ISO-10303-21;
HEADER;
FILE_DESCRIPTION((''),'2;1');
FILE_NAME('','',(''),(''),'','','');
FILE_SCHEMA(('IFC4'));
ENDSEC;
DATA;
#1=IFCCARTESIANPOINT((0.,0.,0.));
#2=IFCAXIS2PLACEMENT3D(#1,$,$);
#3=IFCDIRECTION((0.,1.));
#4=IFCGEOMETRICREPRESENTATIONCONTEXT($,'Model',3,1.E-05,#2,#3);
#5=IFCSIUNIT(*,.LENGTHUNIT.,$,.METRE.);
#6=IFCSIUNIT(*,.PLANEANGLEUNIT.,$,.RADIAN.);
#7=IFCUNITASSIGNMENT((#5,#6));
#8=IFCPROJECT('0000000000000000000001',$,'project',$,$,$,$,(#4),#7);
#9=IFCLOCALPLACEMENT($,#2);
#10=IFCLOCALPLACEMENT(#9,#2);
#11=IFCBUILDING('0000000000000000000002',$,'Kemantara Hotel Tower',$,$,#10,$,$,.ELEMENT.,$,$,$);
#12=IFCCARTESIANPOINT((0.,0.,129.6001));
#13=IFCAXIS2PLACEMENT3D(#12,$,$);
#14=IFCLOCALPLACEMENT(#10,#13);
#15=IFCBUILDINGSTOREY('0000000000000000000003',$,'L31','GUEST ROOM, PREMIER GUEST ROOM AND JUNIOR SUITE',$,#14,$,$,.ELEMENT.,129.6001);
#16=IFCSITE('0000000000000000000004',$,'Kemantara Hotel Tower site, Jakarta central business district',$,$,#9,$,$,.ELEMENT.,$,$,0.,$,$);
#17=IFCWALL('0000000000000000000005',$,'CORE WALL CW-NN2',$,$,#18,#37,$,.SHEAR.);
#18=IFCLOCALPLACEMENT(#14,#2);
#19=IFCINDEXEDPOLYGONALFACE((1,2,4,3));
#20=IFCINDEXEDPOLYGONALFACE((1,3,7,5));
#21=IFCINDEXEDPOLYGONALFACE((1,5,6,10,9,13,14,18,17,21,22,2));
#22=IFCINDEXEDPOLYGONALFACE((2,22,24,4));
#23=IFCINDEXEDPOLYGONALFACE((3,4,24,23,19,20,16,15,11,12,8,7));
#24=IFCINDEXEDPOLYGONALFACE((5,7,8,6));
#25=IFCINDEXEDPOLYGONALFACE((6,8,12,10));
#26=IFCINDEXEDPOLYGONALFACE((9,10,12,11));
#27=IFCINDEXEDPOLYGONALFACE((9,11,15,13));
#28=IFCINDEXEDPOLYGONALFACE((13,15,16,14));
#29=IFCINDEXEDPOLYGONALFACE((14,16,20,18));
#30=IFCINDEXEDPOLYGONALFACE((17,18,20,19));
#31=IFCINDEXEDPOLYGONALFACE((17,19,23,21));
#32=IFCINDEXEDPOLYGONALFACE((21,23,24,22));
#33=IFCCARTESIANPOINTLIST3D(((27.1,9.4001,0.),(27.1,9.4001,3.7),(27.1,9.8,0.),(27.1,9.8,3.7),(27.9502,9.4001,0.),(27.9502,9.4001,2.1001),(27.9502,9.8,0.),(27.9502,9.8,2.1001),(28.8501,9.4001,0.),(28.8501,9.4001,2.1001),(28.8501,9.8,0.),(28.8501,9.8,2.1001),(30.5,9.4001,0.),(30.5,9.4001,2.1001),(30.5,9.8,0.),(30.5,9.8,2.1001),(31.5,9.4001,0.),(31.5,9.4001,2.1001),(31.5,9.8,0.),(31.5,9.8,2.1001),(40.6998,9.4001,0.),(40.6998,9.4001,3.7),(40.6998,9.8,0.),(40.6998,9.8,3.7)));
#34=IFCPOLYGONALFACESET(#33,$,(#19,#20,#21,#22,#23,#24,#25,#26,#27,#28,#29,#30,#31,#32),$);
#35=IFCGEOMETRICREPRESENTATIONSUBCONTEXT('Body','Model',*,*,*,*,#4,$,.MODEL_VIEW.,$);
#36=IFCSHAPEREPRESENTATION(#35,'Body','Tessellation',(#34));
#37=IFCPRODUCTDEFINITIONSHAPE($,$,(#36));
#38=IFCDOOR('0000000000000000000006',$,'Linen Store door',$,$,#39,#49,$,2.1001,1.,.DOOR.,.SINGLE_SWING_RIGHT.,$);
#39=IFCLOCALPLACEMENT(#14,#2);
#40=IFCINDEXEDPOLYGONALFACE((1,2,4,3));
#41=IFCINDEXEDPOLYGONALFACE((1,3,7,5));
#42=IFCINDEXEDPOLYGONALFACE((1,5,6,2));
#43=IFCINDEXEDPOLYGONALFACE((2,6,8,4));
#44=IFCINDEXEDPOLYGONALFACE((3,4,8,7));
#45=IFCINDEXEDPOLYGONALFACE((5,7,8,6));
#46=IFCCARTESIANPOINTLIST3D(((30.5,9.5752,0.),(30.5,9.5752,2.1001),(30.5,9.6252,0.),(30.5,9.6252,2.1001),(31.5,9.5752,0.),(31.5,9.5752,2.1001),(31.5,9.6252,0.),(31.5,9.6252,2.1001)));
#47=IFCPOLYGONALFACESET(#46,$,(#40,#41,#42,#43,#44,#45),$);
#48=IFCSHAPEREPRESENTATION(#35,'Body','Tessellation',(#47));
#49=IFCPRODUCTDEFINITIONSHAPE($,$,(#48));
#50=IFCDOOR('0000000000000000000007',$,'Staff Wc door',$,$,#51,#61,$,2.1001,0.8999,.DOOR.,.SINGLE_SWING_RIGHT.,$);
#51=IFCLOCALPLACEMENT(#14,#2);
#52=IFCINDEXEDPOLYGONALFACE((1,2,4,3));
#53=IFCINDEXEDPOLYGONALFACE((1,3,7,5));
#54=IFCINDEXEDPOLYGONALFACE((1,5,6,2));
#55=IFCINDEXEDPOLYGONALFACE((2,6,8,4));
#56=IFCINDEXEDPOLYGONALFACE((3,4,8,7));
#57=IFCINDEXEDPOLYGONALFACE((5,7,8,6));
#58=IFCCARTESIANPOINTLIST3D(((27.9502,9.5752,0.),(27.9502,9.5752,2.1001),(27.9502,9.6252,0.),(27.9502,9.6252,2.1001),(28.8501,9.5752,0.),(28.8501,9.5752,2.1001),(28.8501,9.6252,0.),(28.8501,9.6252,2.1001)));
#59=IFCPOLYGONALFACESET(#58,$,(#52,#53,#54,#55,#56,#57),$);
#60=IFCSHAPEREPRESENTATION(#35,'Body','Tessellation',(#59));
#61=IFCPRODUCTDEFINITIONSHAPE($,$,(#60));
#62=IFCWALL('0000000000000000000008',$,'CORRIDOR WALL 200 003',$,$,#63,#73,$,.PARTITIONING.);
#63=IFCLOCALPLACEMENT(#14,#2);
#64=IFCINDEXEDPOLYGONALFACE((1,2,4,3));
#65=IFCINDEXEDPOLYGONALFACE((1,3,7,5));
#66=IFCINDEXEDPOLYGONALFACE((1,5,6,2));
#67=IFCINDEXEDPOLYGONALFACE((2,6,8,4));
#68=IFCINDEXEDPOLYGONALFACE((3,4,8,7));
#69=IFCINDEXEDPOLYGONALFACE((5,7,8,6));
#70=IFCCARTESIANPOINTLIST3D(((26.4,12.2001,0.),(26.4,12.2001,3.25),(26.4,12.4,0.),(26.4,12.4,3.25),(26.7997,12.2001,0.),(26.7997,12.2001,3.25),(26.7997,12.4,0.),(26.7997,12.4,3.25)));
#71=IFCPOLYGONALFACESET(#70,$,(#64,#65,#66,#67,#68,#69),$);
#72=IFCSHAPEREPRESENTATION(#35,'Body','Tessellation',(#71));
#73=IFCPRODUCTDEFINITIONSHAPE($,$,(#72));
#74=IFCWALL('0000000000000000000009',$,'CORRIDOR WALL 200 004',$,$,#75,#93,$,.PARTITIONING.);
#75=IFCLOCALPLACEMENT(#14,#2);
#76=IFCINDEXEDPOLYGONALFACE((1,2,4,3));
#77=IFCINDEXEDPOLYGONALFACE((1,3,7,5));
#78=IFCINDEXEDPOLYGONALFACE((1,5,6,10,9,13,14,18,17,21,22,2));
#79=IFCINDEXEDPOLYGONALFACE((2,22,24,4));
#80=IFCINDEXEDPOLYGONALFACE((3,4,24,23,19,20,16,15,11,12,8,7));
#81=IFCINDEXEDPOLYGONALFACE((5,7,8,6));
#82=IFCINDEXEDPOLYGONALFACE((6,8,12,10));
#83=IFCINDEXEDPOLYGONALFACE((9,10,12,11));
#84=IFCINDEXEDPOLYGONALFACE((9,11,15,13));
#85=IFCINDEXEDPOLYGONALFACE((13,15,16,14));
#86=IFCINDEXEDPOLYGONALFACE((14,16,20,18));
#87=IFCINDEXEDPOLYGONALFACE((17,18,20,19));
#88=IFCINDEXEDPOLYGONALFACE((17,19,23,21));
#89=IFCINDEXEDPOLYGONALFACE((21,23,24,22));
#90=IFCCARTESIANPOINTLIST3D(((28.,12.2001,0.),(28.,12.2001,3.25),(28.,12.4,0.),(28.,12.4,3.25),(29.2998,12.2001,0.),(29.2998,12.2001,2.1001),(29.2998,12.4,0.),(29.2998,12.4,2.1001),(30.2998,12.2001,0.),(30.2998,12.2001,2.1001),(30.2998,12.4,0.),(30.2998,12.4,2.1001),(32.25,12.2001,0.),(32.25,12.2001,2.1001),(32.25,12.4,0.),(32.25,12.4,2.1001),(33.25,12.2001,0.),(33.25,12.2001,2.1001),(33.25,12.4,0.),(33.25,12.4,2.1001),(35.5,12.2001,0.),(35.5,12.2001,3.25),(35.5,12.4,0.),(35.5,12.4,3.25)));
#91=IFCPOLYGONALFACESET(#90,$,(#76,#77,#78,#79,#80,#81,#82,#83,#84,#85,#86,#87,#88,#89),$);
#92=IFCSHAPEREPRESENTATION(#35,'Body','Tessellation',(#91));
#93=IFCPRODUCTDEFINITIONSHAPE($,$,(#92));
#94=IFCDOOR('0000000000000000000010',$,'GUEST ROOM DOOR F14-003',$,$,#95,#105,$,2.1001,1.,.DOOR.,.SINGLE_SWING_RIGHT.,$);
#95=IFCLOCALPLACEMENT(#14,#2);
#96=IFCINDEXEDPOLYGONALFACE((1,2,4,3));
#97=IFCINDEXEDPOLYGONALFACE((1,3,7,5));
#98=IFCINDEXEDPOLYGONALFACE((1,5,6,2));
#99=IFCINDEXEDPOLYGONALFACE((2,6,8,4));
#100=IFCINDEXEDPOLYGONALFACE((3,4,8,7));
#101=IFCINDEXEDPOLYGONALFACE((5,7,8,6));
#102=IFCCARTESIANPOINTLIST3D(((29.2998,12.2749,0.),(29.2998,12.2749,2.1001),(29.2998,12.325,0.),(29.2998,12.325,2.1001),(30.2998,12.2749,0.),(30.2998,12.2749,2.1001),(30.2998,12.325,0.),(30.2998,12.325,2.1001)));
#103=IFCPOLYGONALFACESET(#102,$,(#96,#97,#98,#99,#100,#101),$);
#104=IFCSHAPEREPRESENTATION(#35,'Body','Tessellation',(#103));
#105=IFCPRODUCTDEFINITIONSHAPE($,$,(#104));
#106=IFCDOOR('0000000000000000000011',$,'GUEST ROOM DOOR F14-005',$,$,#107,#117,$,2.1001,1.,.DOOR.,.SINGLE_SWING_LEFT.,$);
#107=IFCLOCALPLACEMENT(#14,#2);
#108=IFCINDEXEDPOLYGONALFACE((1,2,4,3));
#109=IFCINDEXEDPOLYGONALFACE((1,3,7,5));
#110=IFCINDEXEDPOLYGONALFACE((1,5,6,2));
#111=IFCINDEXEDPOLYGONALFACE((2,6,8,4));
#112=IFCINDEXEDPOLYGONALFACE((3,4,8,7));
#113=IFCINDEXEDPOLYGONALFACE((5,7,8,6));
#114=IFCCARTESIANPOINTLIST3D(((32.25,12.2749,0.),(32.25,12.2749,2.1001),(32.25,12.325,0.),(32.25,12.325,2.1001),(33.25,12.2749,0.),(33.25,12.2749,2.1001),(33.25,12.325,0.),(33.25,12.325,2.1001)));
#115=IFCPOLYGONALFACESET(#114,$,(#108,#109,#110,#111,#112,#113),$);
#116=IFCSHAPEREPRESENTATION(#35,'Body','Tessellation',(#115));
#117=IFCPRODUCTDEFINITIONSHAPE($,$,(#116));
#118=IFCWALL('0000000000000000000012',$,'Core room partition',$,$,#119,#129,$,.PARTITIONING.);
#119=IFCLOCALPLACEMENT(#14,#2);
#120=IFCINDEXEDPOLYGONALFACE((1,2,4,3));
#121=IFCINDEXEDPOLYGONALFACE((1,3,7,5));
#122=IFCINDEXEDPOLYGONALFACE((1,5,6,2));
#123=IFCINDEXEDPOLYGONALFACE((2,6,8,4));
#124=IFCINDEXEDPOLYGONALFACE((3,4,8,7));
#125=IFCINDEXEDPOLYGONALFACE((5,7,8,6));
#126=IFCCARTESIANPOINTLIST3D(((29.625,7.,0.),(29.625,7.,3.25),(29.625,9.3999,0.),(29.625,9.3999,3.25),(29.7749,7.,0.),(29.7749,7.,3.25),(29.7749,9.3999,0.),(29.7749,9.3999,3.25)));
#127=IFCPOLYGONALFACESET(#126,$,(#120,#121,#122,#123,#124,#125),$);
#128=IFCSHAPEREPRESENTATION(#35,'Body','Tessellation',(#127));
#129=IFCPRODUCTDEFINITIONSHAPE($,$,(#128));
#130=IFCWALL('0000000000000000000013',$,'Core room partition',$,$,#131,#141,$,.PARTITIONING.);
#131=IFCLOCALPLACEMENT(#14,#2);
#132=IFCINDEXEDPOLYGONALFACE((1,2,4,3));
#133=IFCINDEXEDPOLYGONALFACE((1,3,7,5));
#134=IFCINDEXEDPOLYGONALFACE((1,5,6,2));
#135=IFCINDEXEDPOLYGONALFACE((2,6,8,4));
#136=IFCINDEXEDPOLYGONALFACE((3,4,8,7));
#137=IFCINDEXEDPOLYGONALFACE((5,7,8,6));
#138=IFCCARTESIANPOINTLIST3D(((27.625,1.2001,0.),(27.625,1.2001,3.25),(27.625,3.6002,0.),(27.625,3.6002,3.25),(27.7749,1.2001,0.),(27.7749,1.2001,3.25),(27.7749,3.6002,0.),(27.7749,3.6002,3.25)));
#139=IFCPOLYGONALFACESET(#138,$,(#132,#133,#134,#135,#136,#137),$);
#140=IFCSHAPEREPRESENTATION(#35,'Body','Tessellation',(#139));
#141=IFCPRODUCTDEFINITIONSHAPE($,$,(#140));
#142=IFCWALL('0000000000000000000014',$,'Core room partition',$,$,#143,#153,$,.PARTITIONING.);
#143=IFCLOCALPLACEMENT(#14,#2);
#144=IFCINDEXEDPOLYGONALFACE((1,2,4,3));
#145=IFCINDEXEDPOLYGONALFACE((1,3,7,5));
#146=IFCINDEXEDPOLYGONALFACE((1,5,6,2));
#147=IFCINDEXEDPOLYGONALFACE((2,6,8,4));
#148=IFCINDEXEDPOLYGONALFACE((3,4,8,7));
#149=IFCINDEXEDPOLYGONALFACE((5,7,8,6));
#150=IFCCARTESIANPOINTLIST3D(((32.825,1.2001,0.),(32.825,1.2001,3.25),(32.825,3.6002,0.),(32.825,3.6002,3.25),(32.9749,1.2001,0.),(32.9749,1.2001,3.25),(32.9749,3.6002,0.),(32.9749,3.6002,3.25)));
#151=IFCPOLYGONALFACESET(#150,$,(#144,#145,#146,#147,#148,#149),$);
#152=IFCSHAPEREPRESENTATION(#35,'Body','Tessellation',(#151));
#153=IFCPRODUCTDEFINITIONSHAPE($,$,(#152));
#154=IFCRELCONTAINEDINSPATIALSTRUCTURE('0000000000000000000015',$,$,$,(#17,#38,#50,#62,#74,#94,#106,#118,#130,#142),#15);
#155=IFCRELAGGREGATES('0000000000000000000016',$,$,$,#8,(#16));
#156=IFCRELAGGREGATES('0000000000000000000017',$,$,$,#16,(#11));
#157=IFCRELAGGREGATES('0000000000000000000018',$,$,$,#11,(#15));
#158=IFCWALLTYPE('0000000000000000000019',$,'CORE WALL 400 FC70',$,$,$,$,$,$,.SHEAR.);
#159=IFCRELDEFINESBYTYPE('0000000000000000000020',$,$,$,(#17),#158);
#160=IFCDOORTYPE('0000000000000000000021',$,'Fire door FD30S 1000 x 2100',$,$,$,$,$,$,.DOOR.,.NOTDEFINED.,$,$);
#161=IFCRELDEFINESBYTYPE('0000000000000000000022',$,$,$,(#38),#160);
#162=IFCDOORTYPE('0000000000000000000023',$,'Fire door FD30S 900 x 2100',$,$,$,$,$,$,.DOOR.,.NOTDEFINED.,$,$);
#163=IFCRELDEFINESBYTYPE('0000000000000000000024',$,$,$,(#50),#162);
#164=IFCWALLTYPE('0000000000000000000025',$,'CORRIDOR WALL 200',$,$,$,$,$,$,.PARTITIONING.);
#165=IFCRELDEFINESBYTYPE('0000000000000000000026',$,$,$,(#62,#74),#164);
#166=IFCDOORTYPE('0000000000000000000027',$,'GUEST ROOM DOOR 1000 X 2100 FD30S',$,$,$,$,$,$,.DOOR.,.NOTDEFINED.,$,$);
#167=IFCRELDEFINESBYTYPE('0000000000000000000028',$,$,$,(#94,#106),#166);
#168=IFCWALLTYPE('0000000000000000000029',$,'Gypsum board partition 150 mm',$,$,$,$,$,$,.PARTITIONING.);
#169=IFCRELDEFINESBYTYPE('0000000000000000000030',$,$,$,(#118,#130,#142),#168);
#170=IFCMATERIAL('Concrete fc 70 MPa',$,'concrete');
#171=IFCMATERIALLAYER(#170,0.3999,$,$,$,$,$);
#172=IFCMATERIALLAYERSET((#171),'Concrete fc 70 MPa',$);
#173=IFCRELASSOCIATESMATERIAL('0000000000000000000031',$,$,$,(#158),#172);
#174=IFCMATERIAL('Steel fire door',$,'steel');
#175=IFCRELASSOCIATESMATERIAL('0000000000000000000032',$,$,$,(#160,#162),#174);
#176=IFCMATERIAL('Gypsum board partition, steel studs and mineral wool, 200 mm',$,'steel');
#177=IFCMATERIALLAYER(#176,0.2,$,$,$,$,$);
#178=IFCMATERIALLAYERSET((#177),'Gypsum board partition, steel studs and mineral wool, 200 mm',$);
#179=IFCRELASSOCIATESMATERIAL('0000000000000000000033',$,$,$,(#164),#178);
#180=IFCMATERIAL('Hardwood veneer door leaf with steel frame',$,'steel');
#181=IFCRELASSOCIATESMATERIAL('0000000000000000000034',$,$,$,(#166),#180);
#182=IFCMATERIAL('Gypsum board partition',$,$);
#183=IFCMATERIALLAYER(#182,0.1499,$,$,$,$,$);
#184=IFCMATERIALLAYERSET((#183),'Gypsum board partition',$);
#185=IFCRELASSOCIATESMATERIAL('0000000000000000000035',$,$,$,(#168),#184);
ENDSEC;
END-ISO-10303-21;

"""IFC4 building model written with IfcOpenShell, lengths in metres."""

from ifc_helpers import new_model, si_unit, direction, frame, frame_2d, origin, place, context, subcontext, project, spatial, rectangle, extrude, material, layer, layer_set, type_object, element, fill, save


model = new_model("IFC4")

# Units and contexts
model_context = context("Model", 3, precision=1e-05, world=origin(), true_north=direction((0.0, 1.0)))
body_context = subcontext(model_context, "Body", "Model", "MODEL_VIEW")
ifc_project = project(units=[si_unit("LENGTHUNIT", "METRE"), si_unit("PLANEANGLEUNIT", "RADIAN")], contexts=[model_context])

# Site, building, storey
site_placement = place(None, origin())
site = spatial("IfcSite", under=ifc_project, at=site_placement, Name="Kemantara Hotel Tower site, Jakarta central business district", CompositionType="ELEMENT", RefElevation=0.0)
building_placement = place(site_placement, origin())
building = spatial("IfcBuilding", under=site, at=building_placement, Name="Kemantara Hotel Tower", CompositionType="ELEMENT")
storey_placement = place(building_placement, frame((0.0, 0.0, 129.6001)))
storey = spatial("IfcBuildingStorey", under=building, at=storey_placement, Name="L31", Description="GUEST ROOM, PREMIER GUEST ROOM AND JUNIOR SUITE", CompositionType="ELEMENT", Elevation=129.6001)

# Shared definitions
ifc_material_1 = material(Name="Concrete fc 70 MPa", Category="concrete")

# Shared definitions
ifc_layer_1 = layer(ifc_material_1, 0.3999)
ifc_layer_set_1 = layer_set([ifc_layer_1], Name="Concrete fc 70 MPa")
wall_type_1 = type_object("IfcWallType", Name="CORE WALL 400 FC70", PredefinedType="SHEAR", material=ifc_layer_set_1)

# Wall, openings, doors
wall_1_placement = place(storey_placement, frame((27.1001, 9.6001, 0.0), z_axis=(0.0, 0.0, 1.0), x_axis=(1.0, 0.0, 0.0)))
wall_1 = element("IfcWall", 1, at=wall_1_placement, inside=storey, type_object=wall_type_1, Name="CORE WALL CW-NN2", PredefinedType="SHEAR", context=body_context, shape_type="SweptSolid", body=[
    extrude(rectangle(XDim=13.5999, YDim=0.3999, at=frame_2d((6.7998, 0.0))), origin(), (0.0, 0.0, 1.0), 3.7),
])
opening_1_placement = place(wall_1_placement, frame((0.8501, 0.0, 0.0)))
opening_1 = element("IfcOpeningElement", 2, at=opening_1_placement, cuts=wall_1, PredefinedType="OPENING", context=body_context, shape_type="SweptSolid", body=[
    extrude(rectangle(XDim=0.8999, YDim=2.1001, at=frame_2d((0.45, 1.05))), frame((0.0, 0.21, 0.0), z_axis=(0.0, -1.0, 0.0), x_axis=(1.0, 0.0, 0.0)), (0.0, 0.0, 1.0), 0.4199),
])
opening_2_placement = place(wall_1_placement, frame((3.3999, 0.0, 0.0)))
opening_2 = element("IfcOpeningElement", 3, at=opening_2_placement, cuts=wall_1, PredefinedType="OPENING", context=body_context, shape_type="SweptSolid", body=[
    extrude(rectangle(XDim=1.0, YDim=2.1001, at=frame_2d((0.5, 1.05))), frame((0.0, 0.21, 0.0), z_axis=(0.0, -1.0, 0.0), x_axis=(1.0, 0.0, 0.0)), (0.0, 0.0, 1.0), 0.4199),
])
ifc_material_2 = material(Name="Steel fire door", Category="steel")
door_type_1 = type_object("IfcDoorType", Name="Fire door FD30S 1000 x 2100", OperationType="NOTDEFINED", PredefinedType="DOOR", material=ifc_material_2)
door_1_placement = place(opening_2_placement, frame((1.0, 0.0, 0.0), z_axis=(0.0, 0.0, 1.0), x_axis=(-1.0, 0.0, 0.0)))
door_1 = element("IfcDoor", 4, at=door_1_placement, inside=storey, type_object=door_type_1, Name="Linen Store door", OperationType="SINGLE_SWING_RIGHT", OverallHeight=2.1001, OverallWidth=1.0, PredefinedType="DOOR", context=body_context, shape_type="SweptSolid", body=[
    extrude(rectangle(XDim=1.0, YDim=2.1001, at=frame_2d((0.5, 1.05))), frame((0.0, 0.0249, 0.0), z_axis=(0.0, -1.0, 0.0), x_axis=(1.0, 0.0, 0.0)), (0.0, 0.0, 1.0), 0.05),
])
fill(opening_2, door_1)
door_type_2 = type_object("IfcDoorType", Name="Fire door FD30S 900 x 2100", OperationType="NOTDEFINED", PredefinedType="DOOR", material=ifc_material_2)
door_2_placement = place(opening_1_placement, frame((0.8999, 0.0, 0.0), z_axis=(0.0, 0.0, 1.0), x_axis=(-1.0, 0.0, 0.0)))
door_2 = element("IfcDoor", 5, at=door_2_placement, inside=storey, type_object=door_type_2, Name="Staff Wc door", OperationType="SINGLE_SWING_RIGHT", OverallHeight=2.1001, OverallWidth=0.8999, PredefinedType="DOOR", context=body_context, shape_type="SweptSolid", body=[
    extrude(rectangle(XDim=0.8999, YDim=2.1001, at=frame_2d((0.45, 1.05))), frame((0.0, 0.0249, 0.0), z_axis=(0.0, -1.0, 0.0), x_axis=(1.0, 0.0, 0.0)), (0.0, 0.0, 1.0), 0.05),
])
fill(opening_1, door_2)

# Wall
ifc_material_3 = material(Name="Gypsum board partition, steel studs and mineral wool, 200 mm", Category="steel")
ifc_layer_2 = layer(ifc_material_3, 0.2)
ifc_layer_set_2 = layer_set([ifc_layer_2], Name="Gypsum board partition, steel studs and mineral wool, 200 mm")
wall_type_2 = type_object("IfcWallType", Name="CORRIDOR WALL 200", PredefinedType="PARTITIONING", material=ifc_layer_set_2)
wall_2_placement = place(storey_placement, frame((26.4001, 12.3, 0.0), z_axis=(0.0, 0.0, 1.0), x_axis=(1.0, 0.0, 0.0)))
element("IfcWall", 6, at=wall_2_placement, inside=storey, type_object=wall_type_2, Name="CORRIDOR WALL 200 003", PredefinedType="PARTITIONING", context=body_context, shape_type="SweptSolid", body=[
    extrude(rectangle(XDim=0.3997, YDim=0.2, at=frame_2d((0.1997, 0.0))), origin(), (0.0, 0.0, 1.0), 3.25),
])

# Wall, openings, doors
wall_3_placement = place(storey_placement, frame((28.0, 12.3, 0.0), z_axis=(0.0, 0.0, 1.0), x_axis=(1.0, 0.0, 0.0)))
wall_3 = element("IfcWall", 7, at=wall_3_placement, inside=storey, type_object=wall_type_2, Name="CORRIDOR WALL 200 004", PredefinedType="PARTITIONING", context=body_context, shape_type="SweptSolid", body=[
    extrude(rectangle(XDim=7.5, YDim=0.2, at=frame_2d((3.75, 0.0))), origin(), (0.0, 0.0, 1.0), 3.25),
])
opening_3_placement = place(wall_3_placement, frame((1.2998, 0.0, 0.0)))
opening_3 = element("IfcOpeningElement", 8, at=opening_3_placement, cuts=wall_3, PredefinedType="OPENING", context=body_context, shape_type="SweptSolid", body=[
    extrude(rectangle(XDim=1.0, YDim=2.1001, at=frame_2d((0.5, 1.05))), frame((0.0, 0.1099, 0.0), z_axis=(0.0, -1.0, 0.0), x_axis=(1.0, 0.0, 0.0)), (0.0, 0.0, 1.0), 0.22),
])
opening_4_placement = place(wall_3_placement, frame((4.25, 0.0, 0.0)))
opening_4 = element("IfcOpeningElement", 9, at=opening_4_placement, cuts=wall_3, PredefinedType="OPENING", context=body_context, shape_type="SweptSolid", body=[
    extrude(rectangle(XDim=1.0, YDim=2.1001, at=frame_2d((0.5, 1.05))), frame((0.0, 0.1099, 0.0), z_axis=(0.0, -1.0, 0.0), x_axis=(1.0, 0.0, 0.0)), (0.0, 0.0, 1.0), 0.22),
])
ifc_material_4 = material(Name="Hardwood veneer door leaf with steel frame", Category="steel")
door_type_3 = type_object("IfcDoorType", Name="GUEST ROOM DOOR 1000 X 2100 FD30S", OperationType="NOTDEFINED", PredefinedType="DOOR", material=ifc_material_4)
door_3_placement = place(opening_3_placement, origin())
door_3 = element("IfcDoor", 10, at=door_3_placement, inside=storey, type_object=door_type_3, Name="GUEST ROOM DOOR F14-003", OperationType="SINGLE_SWING_RIGHT", OverallHeight=2.1001, OverallWidth=1.0, PredefinedType="DOOR", context=body_context, shape_type="SweptSolid", body=[
    extrude(rectangle(XDim=1.0, YDim=2.1001, at=frame_2d((0.5, 1.05))), frame((0.0, 0.0249, 0.0), z_axis=(0.0, -1.0, 0.0), x_axis=(1.0, 0.0, 0.0)), (0.0, 0.0, 1.0), 0.05),
])
fill(opening_3, door_3)
door_4_placement = place(opening_4_placement, origin())
door_4 = element("IfcDoor", 11, at=door_4_placement, inside=storey, type_object=door_type_3, Name="GUEST ROOM DOOR F14-005", OperationType="SINGLE_SWING_LEFT", OverallHeight=2.1001, OverallWidth=1.0, PredefinedType="DOOR", context=body_context, shape_type="SweptSolid", body=[
    extrude(rectangle(XDim=1.0, YDim=2.1001, at=frame_2d((0.5, 1.05))), frame((0.0, 0.0249, 0.0), z_axis=(0.0, -1.0, 0.0), x_axis=(1.0, 0.0, 0.0)), (0.0, 0.0, 1.0), 0.05),
])
fill(opening_4, door_4)

# Walls
ifc_material_5 = material(Name="Gypsum board partition")
ifc_layer_3 = layer(ifc_material_5, 0.1499)
ifc_layer_set_3 = layer_set([ifc_layer_3], Name="Gypsum board partition")
wall_type_3 = type_object("IfcWallType", Name="Gypsum board partition 150 mm", PredefinedType="PARTITIONING", material=ifc_layer_set_3)
wall_4_placement = place(storey_placement, frame((29.7, 7.0, 0.0), z_axis=(0.0, 0.0, 1.0), x_axis=(0.0, 1.0, 0.0)))
element("IfcWall", 12, at=wall_4_placement, inside=storey, type_object=wall_type_3, Name="Core room partition", PredefinedType="PARTITIONING", context=body_context, shape_type="SweptSolid", body=[
    extrude(rectangle(XDim=2.3999, YDim=0.1499, at=frame_2d((1.2, 0.0))), origin(), (0.0, 0.0, 1.0), 3.25),
])
for number, where, z_axis, x_axis, name in (
    (13, (27.7, 1.2, 0.0), (0.0, 0.0, 1.0), (0.0, 1.0, 0.0), "Core room partition"),
    (14, (32.8999, 1.2, 0.0), (0.0, 0.0, 1.0), (0.0, 1.0, 0.0), "Core room partition"),
):
    element("IfcWall", number, at=place(storey_placement, frame(where, z_axis=z_axis, x_axis=x_axis)), inside=storey, type_object=wall_type_3, Name=name, PredefinedType="PARTITIONING", context=body_context, shape_type="SweptSolid", body=[
        extrude(rectangle(XDim=2.4001, YDim=0.1499, at=frame_2d((1.2002, 0.0))), origin(), (0.0, 0.0, 1.0), 3.25),
    ])

save(model, "model.ifc")
